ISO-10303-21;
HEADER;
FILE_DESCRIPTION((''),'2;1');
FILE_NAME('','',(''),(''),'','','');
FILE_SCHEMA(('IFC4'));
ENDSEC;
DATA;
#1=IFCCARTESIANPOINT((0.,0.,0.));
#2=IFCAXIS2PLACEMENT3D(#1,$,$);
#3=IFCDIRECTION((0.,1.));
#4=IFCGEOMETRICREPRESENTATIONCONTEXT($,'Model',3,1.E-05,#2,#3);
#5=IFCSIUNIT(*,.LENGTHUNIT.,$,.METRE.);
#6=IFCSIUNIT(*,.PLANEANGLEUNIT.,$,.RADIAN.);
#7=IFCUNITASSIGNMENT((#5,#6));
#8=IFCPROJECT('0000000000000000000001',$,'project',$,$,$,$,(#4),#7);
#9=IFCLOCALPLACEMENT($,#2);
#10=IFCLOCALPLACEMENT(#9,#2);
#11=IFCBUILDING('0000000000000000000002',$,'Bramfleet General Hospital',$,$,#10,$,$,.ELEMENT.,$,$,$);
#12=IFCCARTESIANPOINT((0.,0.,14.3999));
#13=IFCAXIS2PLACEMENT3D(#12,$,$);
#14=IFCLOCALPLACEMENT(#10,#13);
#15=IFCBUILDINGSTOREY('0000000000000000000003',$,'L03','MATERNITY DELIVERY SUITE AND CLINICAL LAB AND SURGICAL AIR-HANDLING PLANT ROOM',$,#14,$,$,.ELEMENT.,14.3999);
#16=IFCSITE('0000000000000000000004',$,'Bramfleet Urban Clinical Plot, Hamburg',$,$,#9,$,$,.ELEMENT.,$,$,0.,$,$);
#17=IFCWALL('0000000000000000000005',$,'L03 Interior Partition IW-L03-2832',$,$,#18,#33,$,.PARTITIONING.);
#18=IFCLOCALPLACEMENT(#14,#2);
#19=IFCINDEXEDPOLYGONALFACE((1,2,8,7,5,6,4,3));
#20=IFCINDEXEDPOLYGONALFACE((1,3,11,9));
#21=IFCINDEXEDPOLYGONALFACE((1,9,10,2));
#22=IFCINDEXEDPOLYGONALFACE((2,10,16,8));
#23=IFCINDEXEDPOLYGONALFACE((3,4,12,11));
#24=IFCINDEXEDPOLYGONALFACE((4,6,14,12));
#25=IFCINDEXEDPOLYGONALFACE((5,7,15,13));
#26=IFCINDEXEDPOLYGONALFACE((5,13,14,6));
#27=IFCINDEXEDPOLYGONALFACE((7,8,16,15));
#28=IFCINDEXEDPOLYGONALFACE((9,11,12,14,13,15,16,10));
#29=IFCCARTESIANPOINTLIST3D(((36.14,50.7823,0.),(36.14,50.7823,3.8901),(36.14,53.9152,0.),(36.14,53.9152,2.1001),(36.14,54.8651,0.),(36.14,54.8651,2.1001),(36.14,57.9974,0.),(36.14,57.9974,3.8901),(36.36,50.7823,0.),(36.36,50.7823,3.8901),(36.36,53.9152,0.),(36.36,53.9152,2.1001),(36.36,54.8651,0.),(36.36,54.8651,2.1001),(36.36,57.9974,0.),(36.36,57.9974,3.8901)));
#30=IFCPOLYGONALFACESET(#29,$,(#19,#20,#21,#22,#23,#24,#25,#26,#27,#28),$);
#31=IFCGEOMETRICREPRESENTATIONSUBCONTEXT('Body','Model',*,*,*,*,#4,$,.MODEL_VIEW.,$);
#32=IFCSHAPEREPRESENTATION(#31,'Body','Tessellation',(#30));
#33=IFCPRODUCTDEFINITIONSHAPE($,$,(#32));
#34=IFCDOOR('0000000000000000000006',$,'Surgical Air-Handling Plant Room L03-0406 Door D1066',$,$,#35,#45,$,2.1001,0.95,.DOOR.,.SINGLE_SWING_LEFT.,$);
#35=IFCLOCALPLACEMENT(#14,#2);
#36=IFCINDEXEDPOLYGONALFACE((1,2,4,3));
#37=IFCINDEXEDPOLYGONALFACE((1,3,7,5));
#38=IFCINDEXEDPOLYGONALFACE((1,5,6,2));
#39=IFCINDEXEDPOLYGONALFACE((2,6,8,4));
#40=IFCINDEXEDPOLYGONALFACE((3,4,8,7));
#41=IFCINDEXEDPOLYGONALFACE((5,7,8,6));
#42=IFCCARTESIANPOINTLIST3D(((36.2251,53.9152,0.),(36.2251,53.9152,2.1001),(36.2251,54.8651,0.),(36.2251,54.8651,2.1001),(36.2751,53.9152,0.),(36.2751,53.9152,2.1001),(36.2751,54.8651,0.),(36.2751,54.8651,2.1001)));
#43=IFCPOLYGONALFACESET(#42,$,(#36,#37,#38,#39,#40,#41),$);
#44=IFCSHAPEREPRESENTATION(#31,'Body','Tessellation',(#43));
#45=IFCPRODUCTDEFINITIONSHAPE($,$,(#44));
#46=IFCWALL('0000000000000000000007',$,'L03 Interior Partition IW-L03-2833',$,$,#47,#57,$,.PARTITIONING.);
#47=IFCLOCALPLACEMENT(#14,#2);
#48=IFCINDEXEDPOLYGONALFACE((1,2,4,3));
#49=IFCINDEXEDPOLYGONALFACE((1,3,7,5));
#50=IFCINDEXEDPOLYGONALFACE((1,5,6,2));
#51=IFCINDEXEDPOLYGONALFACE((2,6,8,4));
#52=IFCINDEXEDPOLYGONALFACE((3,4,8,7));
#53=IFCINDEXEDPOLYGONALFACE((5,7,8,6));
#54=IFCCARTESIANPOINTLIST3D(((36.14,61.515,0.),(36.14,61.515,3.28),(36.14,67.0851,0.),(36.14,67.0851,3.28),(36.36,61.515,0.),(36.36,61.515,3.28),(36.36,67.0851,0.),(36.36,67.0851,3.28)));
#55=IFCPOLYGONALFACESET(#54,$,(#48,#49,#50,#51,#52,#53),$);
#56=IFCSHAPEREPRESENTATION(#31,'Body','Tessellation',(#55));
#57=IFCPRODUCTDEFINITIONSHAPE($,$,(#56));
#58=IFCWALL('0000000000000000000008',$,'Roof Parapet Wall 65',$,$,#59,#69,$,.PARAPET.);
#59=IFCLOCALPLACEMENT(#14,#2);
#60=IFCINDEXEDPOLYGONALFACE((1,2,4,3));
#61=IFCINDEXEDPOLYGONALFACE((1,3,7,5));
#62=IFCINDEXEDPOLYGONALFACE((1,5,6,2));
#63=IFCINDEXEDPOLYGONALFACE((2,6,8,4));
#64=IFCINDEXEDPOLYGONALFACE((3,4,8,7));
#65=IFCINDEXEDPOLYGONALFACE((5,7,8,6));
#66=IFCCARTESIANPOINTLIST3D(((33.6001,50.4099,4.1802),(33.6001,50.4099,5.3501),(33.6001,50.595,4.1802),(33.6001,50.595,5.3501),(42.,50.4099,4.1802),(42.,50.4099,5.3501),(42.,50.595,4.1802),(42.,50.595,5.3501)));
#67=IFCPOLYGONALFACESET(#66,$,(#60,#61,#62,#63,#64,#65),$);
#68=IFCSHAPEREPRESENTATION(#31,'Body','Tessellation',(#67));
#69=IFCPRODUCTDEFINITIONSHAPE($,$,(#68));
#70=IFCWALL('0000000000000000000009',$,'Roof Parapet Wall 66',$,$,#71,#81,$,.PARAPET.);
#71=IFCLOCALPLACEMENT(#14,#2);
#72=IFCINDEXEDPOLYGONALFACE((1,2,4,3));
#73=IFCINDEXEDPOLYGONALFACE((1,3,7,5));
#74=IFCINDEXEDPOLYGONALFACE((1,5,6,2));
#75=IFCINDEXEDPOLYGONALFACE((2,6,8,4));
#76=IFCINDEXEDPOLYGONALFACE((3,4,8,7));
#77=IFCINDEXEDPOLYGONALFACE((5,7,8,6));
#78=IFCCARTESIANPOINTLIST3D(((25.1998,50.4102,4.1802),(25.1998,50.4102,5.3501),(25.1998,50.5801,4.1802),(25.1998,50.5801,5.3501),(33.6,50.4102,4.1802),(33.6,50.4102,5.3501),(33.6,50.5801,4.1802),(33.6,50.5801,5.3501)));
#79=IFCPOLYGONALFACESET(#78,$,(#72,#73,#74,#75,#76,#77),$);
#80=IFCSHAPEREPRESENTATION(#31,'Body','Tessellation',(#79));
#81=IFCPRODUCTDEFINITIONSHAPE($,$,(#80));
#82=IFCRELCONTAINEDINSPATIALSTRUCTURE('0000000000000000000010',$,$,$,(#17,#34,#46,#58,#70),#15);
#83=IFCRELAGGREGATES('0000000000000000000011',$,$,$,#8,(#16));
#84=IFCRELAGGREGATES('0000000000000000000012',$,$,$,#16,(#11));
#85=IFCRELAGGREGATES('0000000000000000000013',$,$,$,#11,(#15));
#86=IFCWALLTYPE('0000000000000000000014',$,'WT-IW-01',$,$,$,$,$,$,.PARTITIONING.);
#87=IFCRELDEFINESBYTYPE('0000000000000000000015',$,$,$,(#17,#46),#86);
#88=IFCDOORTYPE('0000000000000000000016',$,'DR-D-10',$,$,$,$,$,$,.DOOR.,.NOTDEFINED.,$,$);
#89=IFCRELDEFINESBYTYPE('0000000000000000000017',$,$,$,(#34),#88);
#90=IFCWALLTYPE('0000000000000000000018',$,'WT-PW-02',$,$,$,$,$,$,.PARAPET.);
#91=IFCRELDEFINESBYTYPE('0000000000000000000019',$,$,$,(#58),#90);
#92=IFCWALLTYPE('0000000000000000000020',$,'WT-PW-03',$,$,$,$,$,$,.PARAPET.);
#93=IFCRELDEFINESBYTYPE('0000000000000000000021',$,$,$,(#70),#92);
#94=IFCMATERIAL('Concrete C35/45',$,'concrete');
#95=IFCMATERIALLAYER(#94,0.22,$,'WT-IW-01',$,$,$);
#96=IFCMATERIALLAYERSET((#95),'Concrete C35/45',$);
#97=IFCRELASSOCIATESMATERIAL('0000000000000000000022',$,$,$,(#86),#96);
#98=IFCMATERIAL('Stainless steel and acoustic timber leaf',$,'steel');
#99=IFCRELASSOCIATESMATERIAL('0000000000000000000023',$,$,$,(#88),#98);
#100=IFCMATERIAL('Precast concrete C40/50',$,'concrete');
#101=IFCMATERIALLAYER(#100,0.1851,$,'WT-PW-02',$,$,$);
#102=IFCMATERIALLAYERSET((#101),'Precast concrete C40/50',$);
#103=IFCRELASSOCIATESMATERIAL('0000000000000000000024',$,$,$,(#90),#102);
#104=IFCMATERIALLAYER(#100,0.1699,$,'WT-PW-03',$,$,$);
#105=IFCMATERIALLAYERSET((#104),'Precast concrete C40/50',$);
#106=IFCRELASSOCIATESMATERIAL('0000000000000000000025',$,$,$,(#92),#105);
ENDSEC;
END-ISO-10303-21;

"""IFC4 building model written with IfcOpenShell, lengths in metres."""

from ifc_helpers import new_model, si_unit, direction, frame, frame_2d, origin, place, context, subcontext, project, spatial, rectangle, extrude, material, layer, layer_set, type_object, element, fill, save


model = new_model("IFC4")

# Units and contexts
model_context = context("Model", 3, precision=1e-05, world=origin(), true_north=direction((0.0, 1.0)))
body_context = subcontext(model_context, "Body", "Model", "MODEL_VIEW")
ifc_project = project(units=[si_unit("LENGTHUNIT", "METRE"), si_unit("PLANEANGLEUNIT", "RADIAN")], contexts=[model_context])

# Site, building, storey
site_placement = place(None, origin())
site = spatial("IfcSite", under=ifc_project, at=site_placement, Name="Bramfleet Urban Clinical Plot, Hamburg", CompositionType="ELEMENT", RefElevation=0.0)
building_placement = place(site_placement, origin())
building = spatial("IfcBuilding", under=site, at=building_placement, Name="Bramfleet General Hospital", CompositionType="ELEMENT")
storey_placement = place(building_placement, frame((0.0, 0.0, 14.3999)))
storey = spatial("IfcBuildingStorey", under=building, at=storey_placement, Name="L03", Description="MATERNITY DELIVERY SUITE AND CLINICAL LAB AND SURGICAL AIR-HANDLING PLANT ROOM", CompositionType="ELEMENT", Elevation=14.3999)

# Shared definitions
ifc_material_1 = material(Name="Concrete C35/45", Category="concrete")

# Shared definitions
ifc_layer_1 = layer(ifc_material_1, 0.22, Name="WT-IW-01")
ifc_layer_set_1 = layer_set([ifc_layer_1], Name="Concrete C35/45")
wall_type_1 = type_object("IfcWallType", Name="WT-IW-01", PredefinedType="PARTITIONING", material=ifc_layer_set_1)

# Shared definitions
ifc_material_2 = material(Name="Stainless steel and acoustic timber leaf", Category="steel")

# Wall, opening, door
wall_1_placement = place(storey_placement, frame((36.25, 50.7825, 0.0), z_axis=(0.0, 0.0, 1.0), x_axis=(0.0, 1.0, 0.0)))
wall_1 = element("IfcWall", 1, at=wall_1_placement, inside=storey, type_object=wall_type_1, Name="L03 Interior Partition IW-L03-2832", PredefinedType="PARTITIONING", context=body_context, shape_type="SweptSolid", body=[
    extrude(rectangle(XDim=7.2151, YDim=0.22, at=frame_2d((3.6074, 0.0))), origin(), (0.0, 0.0, 1.0), 3.8901),
])
opening_1_placement = place(wall_1_placement, frame((3.1326, 0.0, 0.0)))
opening_1 = element("IfcOpeningElement", 2, at=opening_1_placement, cuts=wall_1, PredefinedType="OPENING", context=body_context, shape_type="SweptSolid", body=[
    extrude(rectangle(XDim=0.95, YDim=2.1001, at=frame_2d((0.4751, 1.05))), frame((0.0, 0.1199, 0.0), z_axis=(0.0, -1.0, 0.0), x_axis=(1.0, 0.0, 0.0)), (0.0, 0.0, 1.0), 0.24),
])
door_type_1 = type_object("IfcDoorType", Name="DR-D-10", OperationType="NOTDEFINED", PredefinedType="DOOR", material=ifc_material_2)
door_1_placement = place(opening_1_placement, origin())
door_1 = element("IfcDoor", 3, at=door_1_placement, inside=storey, type_object=door_type_1, Name="Surgical Air-Handling Plant Room L03-0406 Door D1066", OperationType="SINGLE_SWING_LEFT", OverallHeight=2.1001, OverallWidth=0.95, PredefinedType="DOOR", context=body_context, shape_type="SweptSolid", body=[
    extrude(rectangle(XDim=0.95, YDim=2.1001, at=frame_2d((0.4751, 1.05))), frame((0.0, 0.0249, 0.0), z_axis=(0.0, -1.0, 0.0), x_axis=(1.0, 0.0, 0.0)), (0.0, 0.0, 1.0), 0.05),
])
fill(opening_1, door_1)

# Walls
wall_2_placement = place(storey_placement, frame((36.25, 61.5149, 0.0), z_axis=(0.0, 0.0, 1.0), x_axis=(0.0, 1.0, 0.0)))
element("IfcWall", 4, at=wall_2_placement, inside=storey, type_object=wall_type_1, Name="L03 Interior Partition IW-L03-2833", PredefinedType="PARTITIONING", context=body_context, shape_type="SweptSolid", body=[
    extrude(rectangle(XDim=5.5701, YDim=0.22, at=frame_2d((2.7852, 0.0))), origin(), (0.0, 0.0, 1.0), 3.28),
])
ifc_material_3 = material(Name="Precast concrete C40/50", Category="concrete")
ifc_layer_2 = layer(ifc_material_3, 0.1851, Name="WT-PW-02")
ifc_layer_set_2 = layer_set([ifc_layer_2], Name="Precast concrete C40/50")
wall_type_2 = type_object("IfcWallType", Name="WT-PW-02", PredefinedType="PARAPET", material=ifc_layer_set_2)
wall_3_placement = place(storey_placement, frame((42.0, 50.5024, 4.1802), z_axis=(0.0, 0.0, 1.0), x_axis=(-1.0, 0.0, 0.0)))
element("IfcWall", 5, at=wall_3_placement, inside=storey, type_object=wall_type_2, Name="Roof Parapet Wall 65", PredefinedType="PARAPET", context=body_context, shape_type="SweptSolid", body=[
    extrude(rectangle(XDim=8.3999, YDim=0.1851, at=frame_2d((4.2, 0.0))), origin(), (0.0, 0.0, 1.0), 1.1699),
])
ifc_layer_3 = layer(ifc_material_3, 0.1699, Name="WT-PW-03")
ifc_layer_set_3 = layer_set([ifc_layer_3], Name="Precast concrete C40/50")
wall_type_3 = type_object("IfcWallType", Name="WT-PW-03", PredefinedType="PARAPET", material=ifc_layer_set_3)
wall_4_placement = place(storey_placement, frame((33.6001, 50.4951, 4.1802), z_axis=(0.0, 0.0, 1.0), x_axis=(-1.0, 0.0, 0.0)))
element("IfcWall", 6, at=wall_4_placement, inside=storey, type_object=wall_type_3, Name="Roof Parapet Wall 66", PredefinedType="PARAPET", context=body_context, shape_type="SweptSolid", body=[
    extrude(rectangle(XDim=8.4001, YDim=0.1699, at=frame_2d((4.2002, 0.0))), origin(), (0.0, 0.0, 1.0), 1.1699),
])

save(model, "model.ifc")
